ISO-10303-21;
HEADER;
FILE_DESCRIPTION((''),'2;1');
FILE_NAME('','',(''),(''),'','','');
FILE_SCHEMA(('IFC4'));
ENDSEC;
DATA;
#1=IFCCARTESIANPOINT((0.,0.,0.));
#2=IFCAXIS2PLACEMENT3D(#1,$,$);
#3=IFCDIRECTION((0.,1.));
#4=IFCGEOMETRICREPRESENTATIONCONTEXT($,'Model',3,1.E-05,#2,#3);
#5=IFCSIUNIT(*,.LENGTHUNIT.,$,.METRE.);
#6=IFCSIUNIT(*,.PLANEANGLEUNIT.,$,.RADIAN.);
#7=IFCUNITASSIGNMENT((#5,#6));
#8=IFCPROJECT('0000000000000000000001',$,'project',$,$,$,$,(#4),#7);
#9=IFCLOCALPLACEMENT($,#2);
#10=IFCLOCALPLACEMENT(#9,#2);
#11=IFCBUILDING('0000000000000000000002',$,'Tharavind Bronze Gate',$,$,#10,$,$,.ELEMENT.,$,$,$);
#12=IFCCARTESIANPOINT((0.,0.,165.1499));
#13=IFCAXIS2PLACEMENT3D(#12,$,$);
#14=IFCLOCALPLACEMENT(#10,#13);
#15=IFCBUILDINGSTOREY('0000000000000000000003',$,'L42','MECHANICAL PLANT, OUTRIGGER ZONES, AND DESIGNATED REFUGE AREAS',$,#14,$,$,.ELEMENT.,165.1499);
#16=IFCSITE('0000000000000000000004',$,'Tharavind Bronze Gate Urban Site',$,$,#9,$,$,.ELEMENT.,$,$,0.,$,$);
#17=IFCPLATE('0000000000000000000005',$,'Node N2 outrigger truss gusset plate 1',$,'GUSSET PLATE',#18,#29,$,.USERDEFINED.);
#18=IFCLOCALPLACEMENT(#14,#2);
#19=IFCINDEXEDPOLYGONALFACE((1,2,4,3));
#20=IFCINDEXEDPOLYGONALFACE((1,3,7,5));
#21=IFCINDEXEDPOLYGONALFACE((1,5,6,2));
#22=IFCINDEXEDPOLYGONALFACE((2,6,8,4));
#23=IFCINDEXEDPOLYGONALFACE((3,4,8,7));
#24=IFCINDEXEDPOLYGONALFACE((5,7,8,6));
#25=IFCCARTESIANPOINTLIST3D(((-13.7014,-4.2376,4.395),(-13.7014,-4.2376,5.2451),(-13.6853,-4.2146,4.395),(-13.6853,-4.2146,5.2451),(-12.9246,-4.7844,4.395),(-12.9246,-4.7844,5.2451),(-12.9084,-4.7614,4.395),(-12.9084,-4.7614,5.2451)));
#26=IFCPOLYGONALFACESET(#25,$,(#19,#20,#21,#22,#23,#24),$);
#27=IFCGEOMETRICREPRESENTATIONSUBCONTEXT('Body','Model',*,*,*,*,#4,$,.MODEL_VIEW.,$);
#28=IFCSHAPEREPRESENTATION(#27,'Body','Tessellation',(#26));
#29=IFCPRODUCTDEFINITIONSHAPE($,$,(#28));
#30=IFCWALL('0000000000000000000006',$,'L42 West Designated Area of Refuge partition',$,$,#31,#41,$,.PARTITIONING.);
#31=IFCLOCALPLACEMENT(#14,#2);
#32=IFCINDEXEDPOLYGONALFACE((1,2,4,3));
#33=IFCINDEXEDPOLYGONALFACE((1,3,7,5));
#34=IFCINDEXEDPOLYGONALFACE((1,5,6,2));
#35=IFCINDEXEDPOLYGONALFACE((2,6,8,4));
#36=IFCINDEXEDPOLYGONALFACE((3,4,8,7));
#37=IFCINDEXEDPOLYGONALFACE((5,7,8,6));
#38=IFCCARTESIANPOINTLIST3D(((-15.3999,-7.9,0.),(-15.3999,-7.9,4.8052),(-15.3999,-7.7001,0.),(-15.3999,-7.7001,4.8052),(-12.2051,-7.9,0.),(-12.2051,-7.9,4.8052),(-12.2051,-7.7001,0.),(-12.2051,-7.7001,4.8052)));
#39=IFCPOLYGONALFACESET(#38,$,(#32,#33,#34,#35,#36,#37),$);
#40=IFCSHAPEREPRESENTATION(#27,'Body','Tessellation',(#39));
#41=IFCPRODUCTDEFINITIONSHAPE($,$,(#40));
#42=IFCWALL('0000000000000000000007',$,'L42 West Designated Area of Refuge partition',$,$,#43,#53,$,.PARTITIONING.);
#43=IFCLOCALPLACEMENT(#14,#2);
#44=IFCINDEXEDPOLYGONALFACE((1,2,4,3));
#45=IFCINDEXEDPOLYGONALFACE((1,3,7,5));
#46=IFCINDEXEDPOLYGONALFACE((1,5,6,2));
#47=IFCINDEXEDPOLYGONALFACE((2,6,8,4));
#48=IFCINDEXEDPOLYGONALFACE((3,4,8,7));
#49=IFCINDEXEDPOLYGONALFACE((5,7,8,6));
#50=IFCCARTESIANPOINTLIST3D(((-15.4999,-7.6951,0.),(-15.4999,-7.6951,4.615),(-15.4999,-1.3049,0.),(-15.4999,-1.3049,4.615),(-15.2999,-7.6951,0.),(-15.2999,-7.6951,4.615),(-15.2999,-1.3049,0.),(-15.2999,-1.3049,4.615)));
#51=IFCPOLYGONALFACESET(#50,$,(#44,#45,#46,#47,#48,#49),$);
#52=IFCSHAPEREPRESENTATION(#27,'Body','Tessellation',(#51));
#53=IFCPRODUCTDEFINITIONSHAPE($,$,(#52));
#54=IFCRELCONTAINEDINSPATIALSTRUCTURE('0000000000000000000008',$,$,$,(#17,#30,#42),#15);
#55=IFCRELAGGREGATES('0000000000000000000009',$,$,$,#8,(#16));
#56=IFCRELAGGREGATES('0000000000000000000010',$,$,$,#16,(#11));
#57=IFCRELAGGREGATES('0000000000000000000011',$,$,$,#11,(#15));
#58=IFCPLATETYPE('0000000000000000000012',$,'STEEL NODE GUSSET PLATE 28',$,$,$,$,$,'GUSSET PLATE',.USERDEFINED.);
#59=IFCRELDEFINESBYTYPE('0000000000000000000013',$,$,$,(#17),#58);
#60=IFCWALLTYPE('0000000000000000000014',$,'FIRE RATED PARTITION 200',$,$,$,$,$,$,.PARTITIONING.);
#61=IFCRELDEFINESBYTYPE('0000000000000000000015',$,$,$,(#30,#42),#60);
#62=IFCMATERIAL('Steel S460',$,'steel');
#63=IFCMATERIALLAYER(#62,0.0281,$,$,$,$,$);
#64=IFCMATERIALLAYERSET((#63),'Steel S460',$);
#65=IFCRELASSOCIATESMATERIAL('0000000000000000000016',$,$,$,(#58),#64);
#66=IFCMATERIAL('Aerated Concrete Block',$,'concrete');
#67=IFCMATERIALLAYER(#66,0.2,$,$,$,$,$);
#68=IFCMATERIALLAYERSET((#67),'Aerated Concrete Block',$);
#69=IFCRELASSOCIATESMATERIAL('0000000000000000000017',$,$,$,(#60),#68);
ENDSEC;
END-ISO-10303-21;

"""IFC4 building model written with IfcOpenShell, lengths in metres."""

from ifc_helpers import new_model, si_unit, direction, frame, frame_2d, origin, origin_2d, place, context, subcontext, project, spatial, rectangle, extrude, material, layer, layer_set, type_object, element, save


model = new_model("IFC4")

# Units and contexts
model_context = context("Model", 3, precision=1e-05, world=origin(), true_north=direction((0.0, 1.0)))
body_context = subcontext(model_context, "Body", "Model", "MODEL_VIEW")
ifc_project = project(units=[si_unit("LENGTHUNIT", "METRE"), si_unit("PLANEANGLEUNIT", "RADIAN")], contexts=[model_context])

# Site, building, storey
site_placement = place(None, origin())
site = spatial("IfcSite", under=ifc_project, at=site_placement, Name="Tharavind Bronze Gate Urban Site", CompositionType="ELEMENT", RefElevation=0.0)
building_placement = place(site_placement, origin())
building = spatial("IfcBuilding", under=site, at=building_placement, Name="Tharavind Bronze Gate", CompositionType="ELEMENT")
storey_placement = place(building_placement, frame((0.0, 0.0, 165.1499)))
storey = spatial("IfcBuildingStorey", under=building, at=storey_placement, Name="L42", Description="MECHANICAL PLANT, OUTRIGGER ZONES, AND DESIGNATED REFUGE AREAS", CompositionType="ELEMENT", Elevation=165.1499)

# Shared definitions
ifc_material_1 = material(Name="Steel S460", Category="steel")

# Plate
ifc_layer_1 = layer(ifc_material_1, 0.0281)
ifc_layer_set_1 = layer_set([ifc_layer_1], Name="Steel S460")
plate_type_1 = type_object("IfcPlateType", Name="STEEL NODE GUSSET PLATE 28", ElementType="GUSSET PLATE", PredefinedType="USERDEFINED", material=ifc_layer_set_1)
plate_1_placement = place(storey_placement, frame((-13.3049, -4.4995, 4.395), z_axis=(0.0, 0.0, 1.0), x_axis=(-0.81775, 0.575573, 0.0)))
element("IfcPlate", 1, at=plate_1_placement, inside=storey, type_object=plate_type_1, Name="Node N2 outrigger truss gusset plate 1", ObjectType="GUSSET PLATE", PredefinedType="USERDEFINED", context=body_context, shape_type="SweptSolid", body=[
    extrude(rectangle(XDim=0.95, YDim=0.0281, at=origin_2d()), origin(), (0.0, 0.0, 1.0), 0.8501),
])

# Walls
ifc_material_2 = material(Name="Aerated Concrete Block", Category="concrete")
ifc_layer_2 = layer(ifc_material_2, 0.2)
ifc_layer_set_2 = layer_set([ifc_layer_2], Name="Aerated Concrete Block")
wall_type = type_object("IfcWallType", Name="FIRE RATED PARTITION 200", PredefinedType="PARTITIONING", material=ifc_layer_set_2)
wall_1_placement = place(storey_placement, frame((-12.2051, -7.8, 0.0), z_axis=(0.0, 0.0, 1.0), x_axis=(-1.0, 0.0, 0.0)))
element("IfcWall", 2, at=wall_1_placement, inside=storey, type_object=wall_type, Name="L42 West Designated Area of Refuge partition", PredefinedType="PARTITIONING", context=body_context, shape_type="SweptSolid", body=[
    extrude(rectangle(XDim=3.1948, YDim=0.2, at=frame_2d((1.5974, 0.0))), origin(), (0.0, 0.0, 1.0), 4.8052),
])
wall_2_placement = place(storey_placement, frame((-15.3999, -7.6951, 0.0), z_axis=(0.0, 0.0, 1.0), x_axis=(0.0, 1.0, 0.0)))
element("IfcWall", 3, at=wall_2_placement, inside=storey, type_object=wall_type, Name="L42 West Designated Area of Refuge partition", PredefinedType="PARTITIONING", context=body_context, shape_type="SweptSolid", body=[
    extrude(rectangle(XDim=6.3901, YDim=0.2, at=frame_2d((3.1951, 0.0))), origin(), (0.0, 0.0, 1.0), 4.615),
])

save(model, "model.ifc")
